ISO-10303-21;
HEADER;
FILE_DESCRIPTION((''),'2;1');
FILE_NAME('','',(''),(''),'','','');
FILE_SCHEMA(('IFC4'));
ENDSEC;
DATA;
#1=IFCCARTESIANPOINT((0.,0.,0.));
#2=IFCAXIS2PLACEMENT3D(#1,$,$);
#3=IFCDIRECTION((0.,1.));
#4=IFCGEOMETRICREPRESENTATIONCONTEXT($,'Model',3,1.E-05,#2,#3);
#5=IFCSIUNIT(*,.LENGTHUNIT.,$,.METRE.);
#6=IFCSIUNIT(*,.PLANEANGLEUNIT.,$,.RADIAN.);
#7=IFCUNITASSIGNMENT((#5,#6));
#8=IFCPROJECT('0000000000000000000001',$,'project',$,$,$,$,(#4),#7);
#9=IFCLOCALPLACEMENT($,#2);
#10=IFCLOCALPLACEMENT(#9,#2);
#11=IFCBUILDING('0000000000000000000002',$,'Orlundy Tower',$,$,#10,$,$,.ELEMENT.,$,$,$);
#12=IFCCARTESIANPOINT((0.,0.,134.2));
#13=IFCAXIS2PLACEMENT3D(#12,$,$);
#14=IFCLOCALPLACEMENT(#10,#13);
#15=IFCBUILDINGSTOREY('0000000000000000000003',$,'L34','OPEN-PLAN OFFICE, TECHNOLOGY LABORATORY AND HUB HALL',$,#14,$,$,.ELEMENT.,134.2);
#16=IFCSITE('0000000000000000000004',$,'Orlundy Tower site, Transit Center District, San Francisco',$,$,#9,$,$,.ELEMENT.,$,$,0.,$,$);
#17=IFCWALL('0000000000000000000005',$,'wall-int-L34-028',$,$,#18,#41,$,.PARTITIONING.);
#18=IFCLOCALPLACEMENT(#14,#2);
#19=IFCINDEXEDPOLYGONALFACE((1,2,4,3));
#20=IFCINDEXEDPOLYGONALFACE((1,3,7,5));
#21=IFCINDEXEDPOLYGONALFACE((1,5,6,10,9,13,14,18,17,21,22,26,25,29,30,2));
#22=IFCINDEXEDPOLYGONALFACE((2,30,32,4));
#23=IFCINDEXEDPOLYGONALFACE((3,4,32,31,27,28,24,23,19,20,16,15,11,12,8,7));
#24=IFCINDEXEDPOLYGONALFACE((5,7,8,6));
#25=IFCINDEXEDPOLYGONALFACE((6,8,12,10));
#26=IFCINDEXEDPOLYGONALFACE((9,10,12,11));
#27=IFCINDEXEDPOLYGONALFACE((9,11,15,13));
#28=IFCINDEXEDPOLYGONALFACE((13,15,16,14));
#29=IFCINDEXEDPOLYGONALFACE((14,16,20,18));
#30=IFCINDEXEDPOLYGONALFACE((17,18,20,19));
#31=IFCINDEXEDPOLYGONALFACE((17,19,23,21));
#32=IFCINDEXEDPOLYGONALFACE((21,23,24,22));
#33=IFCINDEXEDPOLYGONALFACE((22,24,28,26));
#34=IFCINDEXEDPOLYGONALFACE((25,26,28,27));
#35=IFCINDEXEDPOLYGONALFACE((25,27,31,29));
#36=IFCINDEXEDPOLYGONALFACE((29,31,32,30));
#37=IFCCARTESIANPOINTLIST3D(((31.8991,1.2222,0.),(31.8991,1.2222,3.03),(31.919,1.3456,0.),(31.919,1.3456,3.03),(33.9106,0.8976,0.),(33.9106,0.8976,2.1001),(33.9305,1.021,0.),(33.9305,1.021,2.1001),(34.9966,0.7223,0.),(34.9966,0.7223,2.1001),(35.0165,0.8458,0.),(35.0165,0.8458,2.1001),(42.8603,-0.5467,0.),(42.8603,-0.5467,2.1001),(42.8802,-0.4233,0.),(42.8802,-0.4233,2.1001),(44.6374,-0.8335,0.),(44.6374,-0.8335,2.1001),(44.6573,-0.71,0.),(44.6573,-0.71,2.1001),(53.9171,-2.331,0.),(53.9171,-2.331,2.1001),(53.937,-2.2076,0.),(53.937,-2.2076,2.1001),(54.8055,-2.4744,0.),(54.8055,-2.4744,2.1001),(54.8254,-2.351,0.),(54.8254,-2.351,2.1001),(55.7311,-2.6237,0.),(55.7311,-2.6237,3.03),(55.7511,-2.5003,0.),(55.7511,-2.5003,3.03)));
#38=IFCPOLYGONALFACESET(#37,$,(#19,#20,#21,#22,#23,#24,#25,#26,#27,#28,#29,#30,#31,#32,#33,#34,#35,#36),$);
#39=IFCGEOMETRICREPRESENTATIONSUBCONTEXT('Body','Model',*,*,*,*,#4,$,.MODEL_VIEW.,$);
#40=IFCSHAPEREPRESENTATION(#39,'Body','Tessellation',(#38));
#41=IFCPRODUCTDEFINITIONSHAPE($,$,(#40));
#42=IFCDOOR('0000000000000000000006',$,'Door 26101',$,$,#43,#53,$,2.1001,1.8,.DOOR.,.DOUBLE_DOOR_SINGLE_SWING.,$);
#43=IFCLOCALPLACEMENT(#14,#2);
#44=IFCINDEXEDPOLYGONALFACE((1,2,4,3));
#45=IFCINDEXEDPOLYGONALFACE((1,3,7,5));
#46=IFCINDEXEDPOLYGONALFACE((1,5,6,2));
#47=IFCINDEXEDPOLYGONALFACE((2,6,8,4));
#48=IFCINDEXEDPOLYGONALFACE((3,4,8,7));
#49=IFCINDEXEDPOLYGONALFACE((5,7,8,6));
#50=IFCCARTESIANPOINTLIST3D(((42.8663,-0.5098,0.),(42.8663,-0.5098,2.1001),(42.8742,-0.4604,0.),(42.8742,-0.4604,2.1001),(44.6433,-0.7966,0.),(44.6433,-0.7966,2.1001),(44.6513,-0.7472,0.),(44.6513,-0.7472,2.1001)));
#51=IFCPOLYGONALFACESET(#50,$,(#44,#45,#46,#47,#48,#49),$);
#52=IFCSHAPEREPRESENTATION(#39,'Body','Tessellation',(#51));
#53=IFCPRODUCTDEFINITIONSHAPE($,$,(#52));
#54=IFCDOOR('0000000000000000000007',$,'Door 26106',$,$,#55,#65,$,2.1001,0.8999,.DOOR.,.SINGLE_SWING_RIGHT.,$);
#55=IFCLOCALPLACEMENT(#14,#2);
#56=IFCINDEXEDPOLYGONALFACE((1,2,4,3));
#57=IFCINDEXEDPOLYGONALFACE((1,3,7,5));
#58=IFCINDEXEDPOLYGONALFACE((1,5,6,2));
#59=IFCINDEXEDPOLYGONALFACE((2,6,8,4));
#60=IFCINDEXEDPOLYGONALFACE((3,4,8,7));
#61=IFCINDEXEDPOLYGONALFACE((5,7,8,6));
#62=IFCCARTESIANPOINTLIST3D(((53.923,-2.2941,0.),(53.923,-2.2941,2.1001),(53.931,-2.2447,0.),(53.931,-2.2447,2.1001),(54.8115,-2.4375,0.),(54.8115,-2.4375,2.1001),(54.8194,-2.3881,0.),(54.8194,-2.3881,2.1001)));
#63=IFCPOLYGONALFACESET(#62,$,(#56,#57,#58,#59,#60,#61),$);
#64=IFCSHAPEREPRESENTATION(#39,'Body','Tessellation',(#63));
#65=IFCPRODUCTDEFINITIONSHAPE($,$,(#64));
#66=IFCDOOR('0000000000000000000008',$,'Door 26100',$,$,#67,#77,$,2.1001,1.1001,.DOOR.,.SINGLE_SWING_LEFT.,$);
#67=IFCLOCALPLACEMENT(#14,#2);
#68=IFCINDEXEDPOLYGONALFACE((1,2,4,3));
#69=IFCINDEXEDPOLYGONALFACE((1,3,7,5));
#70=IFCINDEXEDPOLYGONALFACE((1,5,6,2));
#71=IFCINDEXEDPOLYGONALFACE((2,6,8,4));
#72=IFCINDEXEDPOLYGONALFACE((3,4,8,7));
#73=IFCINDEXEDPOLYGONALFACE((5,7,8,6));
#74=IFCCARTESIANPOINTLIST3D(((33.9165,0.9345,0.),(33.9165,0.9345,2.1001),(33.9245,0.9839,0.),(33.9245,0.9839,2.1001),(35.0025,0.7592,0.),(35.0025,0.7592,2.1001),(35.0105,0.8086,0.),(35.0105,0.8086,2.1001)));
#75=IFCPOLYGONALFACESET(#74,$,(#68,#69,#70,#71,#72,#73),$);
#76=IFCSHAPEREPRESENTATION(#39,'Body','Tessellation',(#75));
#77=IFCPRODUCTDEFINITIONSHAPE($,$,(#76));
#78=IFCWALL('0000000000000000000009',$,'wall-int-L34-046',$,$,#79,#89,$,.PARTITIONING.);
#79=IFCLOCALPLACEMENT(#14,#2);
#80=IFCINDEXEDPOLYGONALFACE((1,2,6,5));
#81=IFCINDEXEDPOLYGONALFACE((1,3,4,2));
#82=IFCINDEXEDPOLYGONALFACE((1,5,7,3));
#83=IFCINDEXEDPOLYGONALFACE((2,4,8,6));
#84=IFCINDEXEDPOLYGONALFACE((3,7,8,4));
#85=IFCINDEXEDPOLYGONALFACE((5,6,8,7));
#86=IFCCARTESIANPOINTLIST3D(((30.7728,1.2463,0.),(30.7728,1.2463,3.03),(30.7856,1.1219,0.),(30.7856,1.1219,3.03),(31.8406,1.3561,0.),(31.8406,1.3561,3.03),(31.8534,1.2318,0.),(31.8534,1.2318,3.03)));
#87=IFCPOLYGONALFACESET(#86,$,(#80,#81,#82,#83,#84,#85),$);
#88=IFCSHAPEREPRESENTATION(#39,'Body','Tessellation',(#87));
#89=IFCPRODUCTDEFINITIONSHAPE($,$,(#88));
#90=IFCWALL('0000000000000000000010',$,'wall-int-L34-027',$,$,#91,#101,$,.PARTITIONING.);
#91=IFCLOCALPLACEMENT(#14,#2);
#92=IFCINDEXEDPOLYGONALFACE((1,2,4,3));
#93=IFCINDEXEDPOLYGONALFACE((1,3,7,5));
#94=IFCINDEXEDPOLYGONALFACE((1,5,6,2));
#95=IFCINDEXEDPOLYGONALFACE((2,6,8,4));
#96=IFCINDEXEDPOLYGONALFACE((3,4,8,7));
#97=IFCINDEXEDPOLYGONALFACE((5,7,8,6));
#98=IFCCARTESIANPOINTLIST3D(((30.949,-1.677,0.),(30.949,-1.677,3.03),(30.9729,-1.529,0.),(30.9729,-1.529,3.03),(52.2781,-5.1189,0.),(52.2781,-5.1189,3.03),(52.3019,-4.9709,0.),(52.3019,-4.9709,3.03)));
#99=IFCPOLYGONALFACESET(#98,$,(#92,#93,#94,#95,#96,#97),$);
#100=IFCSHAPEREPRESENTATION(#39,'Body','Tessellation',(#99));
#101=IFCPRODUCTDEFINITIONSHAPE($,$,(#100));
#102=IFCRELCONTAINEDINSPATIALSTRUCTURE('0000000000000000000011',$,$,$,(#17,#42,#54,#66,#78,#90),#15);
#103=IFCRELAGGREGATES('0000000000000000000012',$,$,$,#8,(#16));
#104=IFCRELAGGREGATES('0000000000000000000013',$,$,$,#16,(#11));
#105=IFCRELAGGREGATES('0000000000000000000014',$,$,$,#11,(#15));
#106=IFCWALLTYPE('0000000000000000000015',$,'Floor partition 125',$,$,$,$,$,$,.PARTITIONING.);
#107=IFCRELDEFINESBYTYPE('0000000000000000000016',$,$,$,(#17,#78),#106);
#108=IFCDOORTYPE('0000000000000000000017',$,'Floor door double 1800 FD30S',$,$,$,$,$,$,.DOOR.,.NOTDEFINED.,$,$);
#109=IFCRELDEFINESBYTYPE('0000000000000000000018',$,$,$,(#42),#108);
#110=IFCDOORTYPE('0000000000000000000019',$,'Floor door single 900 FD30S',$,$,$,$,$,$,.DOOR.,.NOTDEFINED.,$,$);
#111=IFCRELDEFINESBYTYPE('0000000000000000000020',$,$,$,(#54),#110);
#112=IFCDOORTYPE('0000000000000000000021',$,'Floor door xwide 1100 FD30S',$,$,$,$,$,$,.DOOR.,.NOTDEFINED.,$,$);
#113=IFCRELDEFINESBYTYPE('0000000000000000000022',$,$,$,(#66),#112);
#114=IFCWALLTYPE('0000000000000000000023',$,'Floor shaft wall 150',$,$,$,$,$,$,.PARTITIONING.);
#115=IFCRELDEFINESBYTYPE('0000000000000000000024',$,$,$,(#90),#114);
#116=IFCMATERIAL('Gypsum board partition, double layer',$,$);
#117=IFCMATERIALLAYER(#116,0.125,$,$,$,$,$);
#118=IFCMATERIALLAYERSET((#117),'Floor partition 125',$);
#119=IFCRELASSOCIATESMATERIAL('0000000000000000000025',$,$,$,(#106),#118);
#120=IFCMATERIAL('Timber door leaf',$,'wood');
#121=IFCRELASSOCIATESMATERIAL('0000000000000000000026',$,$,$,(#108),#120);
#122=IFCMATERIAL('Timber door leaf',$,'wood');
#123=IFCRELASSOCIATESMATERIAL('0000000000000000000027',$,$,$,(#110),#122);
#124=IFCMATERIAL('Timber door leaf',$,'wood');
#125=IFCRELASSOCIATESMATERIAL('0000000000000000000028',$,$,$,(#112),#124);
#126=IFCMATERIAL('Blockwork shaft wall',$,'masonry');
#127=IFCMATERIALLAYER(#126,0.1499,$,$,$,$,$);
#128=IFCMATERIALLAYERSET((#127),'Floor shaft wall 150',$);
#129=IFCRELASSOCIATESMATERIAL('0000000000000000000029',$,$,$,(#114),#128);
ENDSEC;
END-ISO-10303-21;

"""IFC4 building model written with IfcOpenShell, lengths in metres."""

from ifc_helpers import new_model, si_unit, direction, frame, frame_2d, origin, place, context, subcontext, project, spatial, rectangle, extrude, material, layer, layer_set, type_object, element, fill, save


model = new_model("IFC4")

# Units and contexts
model_context = context("Model", 3, precision=1e-05, world=origin(), true_north=direction((0.0, 1.0)))
body_context = subcontext(model_context, "Body", "Model", "MODEL_VIEW")
ifc_project = project(units=[si_unit("LENGTHUNIT", "METRE"), si_unit("PLANEANGLEUNIT", "RADIAN")], contexts=[model_context])

# Site, building, storey
site_placement = place(None, origin())
site = spatial("IfcSite", under=ifc_project, at=site_placement, Name="Orlundy Tower site, Transit Center District, San Francisco", CompositionType="ELEMENT", RefElevation=0.0)
building_placement = place(site_placement, origin())
building = spatial("IfcBuilding", under=site, at=building_placement, Name="Orlundy Tower", CompositionType="ELEMENT")
storey_placement = place(building_placement, frame((0.0, 0.0, 134.2)))
storey = spatial("IfcBuildingStorey", under=building, at=storey_placement, Name="L34", Description="OPEN-PLAN OFFICE, TECHNOLOGY LABORATORY AND HUB HALL", CompositionType="ELEMENT", Elevation=134.2)

# Shared definitions
ifc_material_1 = material(Name="Gypsum board partition, double layer")
ifc_layer_1 = layer(ifc_material_1, 0.125)
ifc_layer_set_1 = layer_set([ifc_layer_1], Name="Floor partition 125")
wall_type_1 = type_object("IfcWallType", Name="Floor partition 125", PredefinedType="PARTITIONING", material=ifc_layer_set_1)

# Wall, openings, doors
wall_1_placement = place(storey_placement, frame((31.9089, 1.2839, 0.0), z_axis=(0.0, 0.0, 1.0), x_axis=(0.987228, -0.159316, 0.0)))
wall_1 = element("IfcWall", 1, at=wall_1_placement, inside=storey, type_object=wall_type_1, Name="wall-int-L34-028", PredefinedType="PARTITIONING", context=body_context, shape_type="SweptSolid", body=[
    extrude(rectangle(XDim=24.1404, YDim=0.125, at=frame_2d((12.0703, 0.0))), origin(), (0.0, 0.0, 1.0), 3.03),
])
opening_1_placement = place(wall_1_placement, frame((2.0376, 0.0, 0.0)))
opening_1 = element("IfcOpeningElement", 2, at=opening_1_placement, cuts=wall_1, PredefinedType="OPENING", context=body_context, shape_type="SweptSolid", body=[
    extrude(rectangle(XDim=1.1001, YDim=2.1001, at=frame_2d((0.55, 1.05))), frame((0.0, 0.0725, 0.0), z_axis=(0.0, -1.0, 0.0), x_axis=(1.0, 0.0, 0.0)), (0.0, 0.0, 1.0), 0.145),
])
opening_2_placement = place(wall_1_placement, frame((11.1033, 0.0, 0.0)))
opening_2 = element("IfcOpeningElement", 3, at=opening_2_placement, cuts=wall_1, PredefinedType="OPENING", context=body_context, shape_type="SweptSolid", body=[
    extrude(rectangle(XDim=1.8, YDim=2.1001, at=frame_2d((0.8999, 1.05))), frame((0.0, 0.0725, 0.0), z_axis=(0.0, -1.0, 0.0), x_axis=(1.0, 0.0, 0.0)), (0.0, 0.0, 1.0), 0.145),
])
opening_3_placement = place(wall_1_placement, frame((22.303, 0.0, 0.0)))
opening_3 = element("IfcOpeningElement", 4, at=opening_3_placement, cuts=wall_1, PredefinedType="OPENING", context=body_context, shape_type="SweptSolid", body=[
    extrude(rectangle(XDim=0.8999, YDim=2.1001, at=frame_2d((0.45, 1.05))), frame((0.0, 0.0725, 0.0), z_axis=(0.0, -1.0, 0.0), x_axis=(1.0, 0.0, 0.0)), (0.0, 0.0, 1.0), 0.145),
])
ifc_material_2 = material(Name="Timber door leaf", Category="wood")
door_type_1 = type_object("IfcDoorType", Name="Floor door double 1800 FD30S", OperationType="NOTDEFINED", PredefinedType="DOOR", material=ifc_material_2)
door_1_placement = place(opening_2_placement, origin())
door_1 = element("IfcDoor", 5, at=door_1_placement, inside=storey, type_object=door_type_1, Name="Door 26101", OperationType="DOUBLE_DOOR_SINGLE_SWING", OverallHeight=2.1001, OverallWidth=1.8, PredefinedType="DOOR", context=body_context, shape_type="SweptSolid", body=[
    extrude(rectangle(XDim=1.8, YDim=2.1001, at=frame_2d((0.8999, 1.05))), frame((0.0, 0.0249, 0.0), z_axis=(0.0, -1.0, 0.0), x_axis=(1.0, 0.0, 0.0)), (0.0, 0.0, 1.0), 0.05),
])
fill(opening_2, door_1)
ifc_material_3 = material(Name="Timber door leaf", Category="wood")
door_type_2 = type_object("IfcDoorType", Name="Floor door single 900 FD30S", OperationType="NOTDEFINED", PredefinedType="DOOR", material=ifc_material_3)
door_2_placement = place(opening_3_placement, origin())
door_2 = element("IfcDoor", 6, at=door_2_placement, inside=storey, type_object=door_type_2, Name="Door 26106", OperationType="SINGLE_SWING_RIGHT", OverallHeight=2.1001, OverallWidth=0.8999, PredefinedType="DOOR", context=body_context, shape_type="SweptSolid", body=[
    extrude(rectangle(XDim=0.8999, YDim=2.1001, at=frame_2d((0.45, 1.05))), frame((0.0, 0.0249, 0.0), z_axis=(0.0, -1.0, 0.0), x_axis=(1.0, 0.0, 0.0)), (0.0, 0.0, 1.0), 0.05),
])
fill(opening_3, door_2)
ifc_material_4 = material(Name="Timber door leaf", Category="wood")
door_type_3 = type_object("IfcDoorType", Name="Floor door xwide 1100 FD30S", OperationType="NOTDEFINED", PredefinedType="DOOR", material=ifc_material_4)
door_3_placement = place(opening_1_placement, origin())
door_3 = element("IfcDoor", 7, at=door_3_placement, inside=storey, type_object=door_type_3, Name="Door 26100", OperationType="SINGLE_SWING_LEFT", OverallHeight=2.1001, OverallWidth=1.1001, PredefinedType="DOOR", context=body_context, shape_type="SweptSolid", body=[
    extrude(rectangle(XDim=1.1001, YDim=2.1001, at=frame_2d((0.55, 1.05))), frame((0.0, 0.0249, 0.0), z_axis=(0.0, -1.0, 0.0), x_axis=(1.0, 0.0, 0.0)), (0.0, 0.0, 1.0), 0.05),
])
fill(opening_1, door_3)

# Walls
wall_2_placement = place(storey_placement, frame((31.8469, 1.2939, 0.0), z_axis=(0.0, 0.0, 1.0), x_axis=(-0.994749, -0.10234, 0.0)))
element("IfcWall", 8, at=wall_2_placement, inside=storey, type_object=wall_type_1, Name="wall-int-L34-046", PredefinedType="PARTITIONING", context=body_context, shape_type="SweptSolid", body=[
    extrude(rectangle(XDim=1.0735, YDim=0.125, at=frame_2d((0.5366, 0.0))), origin(), (0.0, 0.0, 1.0), 3.03),
])
ifc_material_5 = material(Name="Blockwork shaft wall", Category="masonry")
ifc_layer_2 = layer(ifc_material_5, 0.1499)
ifc_layer_set_2 = layer_set([ifc_layer_2], Name="Floor shaft wall 150")
wall_type_2 = type_object("IfcWallType", Name="Floor shaft wall 150", PredefinedType="PARTITIONING", material=ifc_layer_set_2)
wall_3_placement = place(storey_placement, frame((30.9609, -1.603, 0.0), z_axis=(0.0, 0.0, 1.0), x_axis=(0.987229, -0.15931, 0.0)))
element("IfcWall", 9, at=wall_3_placement, inside=storey, type_object=wall_type_2, Name="wall-int-L34-027", PredefinedType="PARTITIONING", context=body_context, shape_type="SweptSolid", body=[
    extrude(rectangle(XDim=21.605, YDim=0.1499, at=frame_2d((10.8025, 0.0))), origin(), (0.0, 0.0, 1.0), 3.03),
])

save(model, "model.ifc")
